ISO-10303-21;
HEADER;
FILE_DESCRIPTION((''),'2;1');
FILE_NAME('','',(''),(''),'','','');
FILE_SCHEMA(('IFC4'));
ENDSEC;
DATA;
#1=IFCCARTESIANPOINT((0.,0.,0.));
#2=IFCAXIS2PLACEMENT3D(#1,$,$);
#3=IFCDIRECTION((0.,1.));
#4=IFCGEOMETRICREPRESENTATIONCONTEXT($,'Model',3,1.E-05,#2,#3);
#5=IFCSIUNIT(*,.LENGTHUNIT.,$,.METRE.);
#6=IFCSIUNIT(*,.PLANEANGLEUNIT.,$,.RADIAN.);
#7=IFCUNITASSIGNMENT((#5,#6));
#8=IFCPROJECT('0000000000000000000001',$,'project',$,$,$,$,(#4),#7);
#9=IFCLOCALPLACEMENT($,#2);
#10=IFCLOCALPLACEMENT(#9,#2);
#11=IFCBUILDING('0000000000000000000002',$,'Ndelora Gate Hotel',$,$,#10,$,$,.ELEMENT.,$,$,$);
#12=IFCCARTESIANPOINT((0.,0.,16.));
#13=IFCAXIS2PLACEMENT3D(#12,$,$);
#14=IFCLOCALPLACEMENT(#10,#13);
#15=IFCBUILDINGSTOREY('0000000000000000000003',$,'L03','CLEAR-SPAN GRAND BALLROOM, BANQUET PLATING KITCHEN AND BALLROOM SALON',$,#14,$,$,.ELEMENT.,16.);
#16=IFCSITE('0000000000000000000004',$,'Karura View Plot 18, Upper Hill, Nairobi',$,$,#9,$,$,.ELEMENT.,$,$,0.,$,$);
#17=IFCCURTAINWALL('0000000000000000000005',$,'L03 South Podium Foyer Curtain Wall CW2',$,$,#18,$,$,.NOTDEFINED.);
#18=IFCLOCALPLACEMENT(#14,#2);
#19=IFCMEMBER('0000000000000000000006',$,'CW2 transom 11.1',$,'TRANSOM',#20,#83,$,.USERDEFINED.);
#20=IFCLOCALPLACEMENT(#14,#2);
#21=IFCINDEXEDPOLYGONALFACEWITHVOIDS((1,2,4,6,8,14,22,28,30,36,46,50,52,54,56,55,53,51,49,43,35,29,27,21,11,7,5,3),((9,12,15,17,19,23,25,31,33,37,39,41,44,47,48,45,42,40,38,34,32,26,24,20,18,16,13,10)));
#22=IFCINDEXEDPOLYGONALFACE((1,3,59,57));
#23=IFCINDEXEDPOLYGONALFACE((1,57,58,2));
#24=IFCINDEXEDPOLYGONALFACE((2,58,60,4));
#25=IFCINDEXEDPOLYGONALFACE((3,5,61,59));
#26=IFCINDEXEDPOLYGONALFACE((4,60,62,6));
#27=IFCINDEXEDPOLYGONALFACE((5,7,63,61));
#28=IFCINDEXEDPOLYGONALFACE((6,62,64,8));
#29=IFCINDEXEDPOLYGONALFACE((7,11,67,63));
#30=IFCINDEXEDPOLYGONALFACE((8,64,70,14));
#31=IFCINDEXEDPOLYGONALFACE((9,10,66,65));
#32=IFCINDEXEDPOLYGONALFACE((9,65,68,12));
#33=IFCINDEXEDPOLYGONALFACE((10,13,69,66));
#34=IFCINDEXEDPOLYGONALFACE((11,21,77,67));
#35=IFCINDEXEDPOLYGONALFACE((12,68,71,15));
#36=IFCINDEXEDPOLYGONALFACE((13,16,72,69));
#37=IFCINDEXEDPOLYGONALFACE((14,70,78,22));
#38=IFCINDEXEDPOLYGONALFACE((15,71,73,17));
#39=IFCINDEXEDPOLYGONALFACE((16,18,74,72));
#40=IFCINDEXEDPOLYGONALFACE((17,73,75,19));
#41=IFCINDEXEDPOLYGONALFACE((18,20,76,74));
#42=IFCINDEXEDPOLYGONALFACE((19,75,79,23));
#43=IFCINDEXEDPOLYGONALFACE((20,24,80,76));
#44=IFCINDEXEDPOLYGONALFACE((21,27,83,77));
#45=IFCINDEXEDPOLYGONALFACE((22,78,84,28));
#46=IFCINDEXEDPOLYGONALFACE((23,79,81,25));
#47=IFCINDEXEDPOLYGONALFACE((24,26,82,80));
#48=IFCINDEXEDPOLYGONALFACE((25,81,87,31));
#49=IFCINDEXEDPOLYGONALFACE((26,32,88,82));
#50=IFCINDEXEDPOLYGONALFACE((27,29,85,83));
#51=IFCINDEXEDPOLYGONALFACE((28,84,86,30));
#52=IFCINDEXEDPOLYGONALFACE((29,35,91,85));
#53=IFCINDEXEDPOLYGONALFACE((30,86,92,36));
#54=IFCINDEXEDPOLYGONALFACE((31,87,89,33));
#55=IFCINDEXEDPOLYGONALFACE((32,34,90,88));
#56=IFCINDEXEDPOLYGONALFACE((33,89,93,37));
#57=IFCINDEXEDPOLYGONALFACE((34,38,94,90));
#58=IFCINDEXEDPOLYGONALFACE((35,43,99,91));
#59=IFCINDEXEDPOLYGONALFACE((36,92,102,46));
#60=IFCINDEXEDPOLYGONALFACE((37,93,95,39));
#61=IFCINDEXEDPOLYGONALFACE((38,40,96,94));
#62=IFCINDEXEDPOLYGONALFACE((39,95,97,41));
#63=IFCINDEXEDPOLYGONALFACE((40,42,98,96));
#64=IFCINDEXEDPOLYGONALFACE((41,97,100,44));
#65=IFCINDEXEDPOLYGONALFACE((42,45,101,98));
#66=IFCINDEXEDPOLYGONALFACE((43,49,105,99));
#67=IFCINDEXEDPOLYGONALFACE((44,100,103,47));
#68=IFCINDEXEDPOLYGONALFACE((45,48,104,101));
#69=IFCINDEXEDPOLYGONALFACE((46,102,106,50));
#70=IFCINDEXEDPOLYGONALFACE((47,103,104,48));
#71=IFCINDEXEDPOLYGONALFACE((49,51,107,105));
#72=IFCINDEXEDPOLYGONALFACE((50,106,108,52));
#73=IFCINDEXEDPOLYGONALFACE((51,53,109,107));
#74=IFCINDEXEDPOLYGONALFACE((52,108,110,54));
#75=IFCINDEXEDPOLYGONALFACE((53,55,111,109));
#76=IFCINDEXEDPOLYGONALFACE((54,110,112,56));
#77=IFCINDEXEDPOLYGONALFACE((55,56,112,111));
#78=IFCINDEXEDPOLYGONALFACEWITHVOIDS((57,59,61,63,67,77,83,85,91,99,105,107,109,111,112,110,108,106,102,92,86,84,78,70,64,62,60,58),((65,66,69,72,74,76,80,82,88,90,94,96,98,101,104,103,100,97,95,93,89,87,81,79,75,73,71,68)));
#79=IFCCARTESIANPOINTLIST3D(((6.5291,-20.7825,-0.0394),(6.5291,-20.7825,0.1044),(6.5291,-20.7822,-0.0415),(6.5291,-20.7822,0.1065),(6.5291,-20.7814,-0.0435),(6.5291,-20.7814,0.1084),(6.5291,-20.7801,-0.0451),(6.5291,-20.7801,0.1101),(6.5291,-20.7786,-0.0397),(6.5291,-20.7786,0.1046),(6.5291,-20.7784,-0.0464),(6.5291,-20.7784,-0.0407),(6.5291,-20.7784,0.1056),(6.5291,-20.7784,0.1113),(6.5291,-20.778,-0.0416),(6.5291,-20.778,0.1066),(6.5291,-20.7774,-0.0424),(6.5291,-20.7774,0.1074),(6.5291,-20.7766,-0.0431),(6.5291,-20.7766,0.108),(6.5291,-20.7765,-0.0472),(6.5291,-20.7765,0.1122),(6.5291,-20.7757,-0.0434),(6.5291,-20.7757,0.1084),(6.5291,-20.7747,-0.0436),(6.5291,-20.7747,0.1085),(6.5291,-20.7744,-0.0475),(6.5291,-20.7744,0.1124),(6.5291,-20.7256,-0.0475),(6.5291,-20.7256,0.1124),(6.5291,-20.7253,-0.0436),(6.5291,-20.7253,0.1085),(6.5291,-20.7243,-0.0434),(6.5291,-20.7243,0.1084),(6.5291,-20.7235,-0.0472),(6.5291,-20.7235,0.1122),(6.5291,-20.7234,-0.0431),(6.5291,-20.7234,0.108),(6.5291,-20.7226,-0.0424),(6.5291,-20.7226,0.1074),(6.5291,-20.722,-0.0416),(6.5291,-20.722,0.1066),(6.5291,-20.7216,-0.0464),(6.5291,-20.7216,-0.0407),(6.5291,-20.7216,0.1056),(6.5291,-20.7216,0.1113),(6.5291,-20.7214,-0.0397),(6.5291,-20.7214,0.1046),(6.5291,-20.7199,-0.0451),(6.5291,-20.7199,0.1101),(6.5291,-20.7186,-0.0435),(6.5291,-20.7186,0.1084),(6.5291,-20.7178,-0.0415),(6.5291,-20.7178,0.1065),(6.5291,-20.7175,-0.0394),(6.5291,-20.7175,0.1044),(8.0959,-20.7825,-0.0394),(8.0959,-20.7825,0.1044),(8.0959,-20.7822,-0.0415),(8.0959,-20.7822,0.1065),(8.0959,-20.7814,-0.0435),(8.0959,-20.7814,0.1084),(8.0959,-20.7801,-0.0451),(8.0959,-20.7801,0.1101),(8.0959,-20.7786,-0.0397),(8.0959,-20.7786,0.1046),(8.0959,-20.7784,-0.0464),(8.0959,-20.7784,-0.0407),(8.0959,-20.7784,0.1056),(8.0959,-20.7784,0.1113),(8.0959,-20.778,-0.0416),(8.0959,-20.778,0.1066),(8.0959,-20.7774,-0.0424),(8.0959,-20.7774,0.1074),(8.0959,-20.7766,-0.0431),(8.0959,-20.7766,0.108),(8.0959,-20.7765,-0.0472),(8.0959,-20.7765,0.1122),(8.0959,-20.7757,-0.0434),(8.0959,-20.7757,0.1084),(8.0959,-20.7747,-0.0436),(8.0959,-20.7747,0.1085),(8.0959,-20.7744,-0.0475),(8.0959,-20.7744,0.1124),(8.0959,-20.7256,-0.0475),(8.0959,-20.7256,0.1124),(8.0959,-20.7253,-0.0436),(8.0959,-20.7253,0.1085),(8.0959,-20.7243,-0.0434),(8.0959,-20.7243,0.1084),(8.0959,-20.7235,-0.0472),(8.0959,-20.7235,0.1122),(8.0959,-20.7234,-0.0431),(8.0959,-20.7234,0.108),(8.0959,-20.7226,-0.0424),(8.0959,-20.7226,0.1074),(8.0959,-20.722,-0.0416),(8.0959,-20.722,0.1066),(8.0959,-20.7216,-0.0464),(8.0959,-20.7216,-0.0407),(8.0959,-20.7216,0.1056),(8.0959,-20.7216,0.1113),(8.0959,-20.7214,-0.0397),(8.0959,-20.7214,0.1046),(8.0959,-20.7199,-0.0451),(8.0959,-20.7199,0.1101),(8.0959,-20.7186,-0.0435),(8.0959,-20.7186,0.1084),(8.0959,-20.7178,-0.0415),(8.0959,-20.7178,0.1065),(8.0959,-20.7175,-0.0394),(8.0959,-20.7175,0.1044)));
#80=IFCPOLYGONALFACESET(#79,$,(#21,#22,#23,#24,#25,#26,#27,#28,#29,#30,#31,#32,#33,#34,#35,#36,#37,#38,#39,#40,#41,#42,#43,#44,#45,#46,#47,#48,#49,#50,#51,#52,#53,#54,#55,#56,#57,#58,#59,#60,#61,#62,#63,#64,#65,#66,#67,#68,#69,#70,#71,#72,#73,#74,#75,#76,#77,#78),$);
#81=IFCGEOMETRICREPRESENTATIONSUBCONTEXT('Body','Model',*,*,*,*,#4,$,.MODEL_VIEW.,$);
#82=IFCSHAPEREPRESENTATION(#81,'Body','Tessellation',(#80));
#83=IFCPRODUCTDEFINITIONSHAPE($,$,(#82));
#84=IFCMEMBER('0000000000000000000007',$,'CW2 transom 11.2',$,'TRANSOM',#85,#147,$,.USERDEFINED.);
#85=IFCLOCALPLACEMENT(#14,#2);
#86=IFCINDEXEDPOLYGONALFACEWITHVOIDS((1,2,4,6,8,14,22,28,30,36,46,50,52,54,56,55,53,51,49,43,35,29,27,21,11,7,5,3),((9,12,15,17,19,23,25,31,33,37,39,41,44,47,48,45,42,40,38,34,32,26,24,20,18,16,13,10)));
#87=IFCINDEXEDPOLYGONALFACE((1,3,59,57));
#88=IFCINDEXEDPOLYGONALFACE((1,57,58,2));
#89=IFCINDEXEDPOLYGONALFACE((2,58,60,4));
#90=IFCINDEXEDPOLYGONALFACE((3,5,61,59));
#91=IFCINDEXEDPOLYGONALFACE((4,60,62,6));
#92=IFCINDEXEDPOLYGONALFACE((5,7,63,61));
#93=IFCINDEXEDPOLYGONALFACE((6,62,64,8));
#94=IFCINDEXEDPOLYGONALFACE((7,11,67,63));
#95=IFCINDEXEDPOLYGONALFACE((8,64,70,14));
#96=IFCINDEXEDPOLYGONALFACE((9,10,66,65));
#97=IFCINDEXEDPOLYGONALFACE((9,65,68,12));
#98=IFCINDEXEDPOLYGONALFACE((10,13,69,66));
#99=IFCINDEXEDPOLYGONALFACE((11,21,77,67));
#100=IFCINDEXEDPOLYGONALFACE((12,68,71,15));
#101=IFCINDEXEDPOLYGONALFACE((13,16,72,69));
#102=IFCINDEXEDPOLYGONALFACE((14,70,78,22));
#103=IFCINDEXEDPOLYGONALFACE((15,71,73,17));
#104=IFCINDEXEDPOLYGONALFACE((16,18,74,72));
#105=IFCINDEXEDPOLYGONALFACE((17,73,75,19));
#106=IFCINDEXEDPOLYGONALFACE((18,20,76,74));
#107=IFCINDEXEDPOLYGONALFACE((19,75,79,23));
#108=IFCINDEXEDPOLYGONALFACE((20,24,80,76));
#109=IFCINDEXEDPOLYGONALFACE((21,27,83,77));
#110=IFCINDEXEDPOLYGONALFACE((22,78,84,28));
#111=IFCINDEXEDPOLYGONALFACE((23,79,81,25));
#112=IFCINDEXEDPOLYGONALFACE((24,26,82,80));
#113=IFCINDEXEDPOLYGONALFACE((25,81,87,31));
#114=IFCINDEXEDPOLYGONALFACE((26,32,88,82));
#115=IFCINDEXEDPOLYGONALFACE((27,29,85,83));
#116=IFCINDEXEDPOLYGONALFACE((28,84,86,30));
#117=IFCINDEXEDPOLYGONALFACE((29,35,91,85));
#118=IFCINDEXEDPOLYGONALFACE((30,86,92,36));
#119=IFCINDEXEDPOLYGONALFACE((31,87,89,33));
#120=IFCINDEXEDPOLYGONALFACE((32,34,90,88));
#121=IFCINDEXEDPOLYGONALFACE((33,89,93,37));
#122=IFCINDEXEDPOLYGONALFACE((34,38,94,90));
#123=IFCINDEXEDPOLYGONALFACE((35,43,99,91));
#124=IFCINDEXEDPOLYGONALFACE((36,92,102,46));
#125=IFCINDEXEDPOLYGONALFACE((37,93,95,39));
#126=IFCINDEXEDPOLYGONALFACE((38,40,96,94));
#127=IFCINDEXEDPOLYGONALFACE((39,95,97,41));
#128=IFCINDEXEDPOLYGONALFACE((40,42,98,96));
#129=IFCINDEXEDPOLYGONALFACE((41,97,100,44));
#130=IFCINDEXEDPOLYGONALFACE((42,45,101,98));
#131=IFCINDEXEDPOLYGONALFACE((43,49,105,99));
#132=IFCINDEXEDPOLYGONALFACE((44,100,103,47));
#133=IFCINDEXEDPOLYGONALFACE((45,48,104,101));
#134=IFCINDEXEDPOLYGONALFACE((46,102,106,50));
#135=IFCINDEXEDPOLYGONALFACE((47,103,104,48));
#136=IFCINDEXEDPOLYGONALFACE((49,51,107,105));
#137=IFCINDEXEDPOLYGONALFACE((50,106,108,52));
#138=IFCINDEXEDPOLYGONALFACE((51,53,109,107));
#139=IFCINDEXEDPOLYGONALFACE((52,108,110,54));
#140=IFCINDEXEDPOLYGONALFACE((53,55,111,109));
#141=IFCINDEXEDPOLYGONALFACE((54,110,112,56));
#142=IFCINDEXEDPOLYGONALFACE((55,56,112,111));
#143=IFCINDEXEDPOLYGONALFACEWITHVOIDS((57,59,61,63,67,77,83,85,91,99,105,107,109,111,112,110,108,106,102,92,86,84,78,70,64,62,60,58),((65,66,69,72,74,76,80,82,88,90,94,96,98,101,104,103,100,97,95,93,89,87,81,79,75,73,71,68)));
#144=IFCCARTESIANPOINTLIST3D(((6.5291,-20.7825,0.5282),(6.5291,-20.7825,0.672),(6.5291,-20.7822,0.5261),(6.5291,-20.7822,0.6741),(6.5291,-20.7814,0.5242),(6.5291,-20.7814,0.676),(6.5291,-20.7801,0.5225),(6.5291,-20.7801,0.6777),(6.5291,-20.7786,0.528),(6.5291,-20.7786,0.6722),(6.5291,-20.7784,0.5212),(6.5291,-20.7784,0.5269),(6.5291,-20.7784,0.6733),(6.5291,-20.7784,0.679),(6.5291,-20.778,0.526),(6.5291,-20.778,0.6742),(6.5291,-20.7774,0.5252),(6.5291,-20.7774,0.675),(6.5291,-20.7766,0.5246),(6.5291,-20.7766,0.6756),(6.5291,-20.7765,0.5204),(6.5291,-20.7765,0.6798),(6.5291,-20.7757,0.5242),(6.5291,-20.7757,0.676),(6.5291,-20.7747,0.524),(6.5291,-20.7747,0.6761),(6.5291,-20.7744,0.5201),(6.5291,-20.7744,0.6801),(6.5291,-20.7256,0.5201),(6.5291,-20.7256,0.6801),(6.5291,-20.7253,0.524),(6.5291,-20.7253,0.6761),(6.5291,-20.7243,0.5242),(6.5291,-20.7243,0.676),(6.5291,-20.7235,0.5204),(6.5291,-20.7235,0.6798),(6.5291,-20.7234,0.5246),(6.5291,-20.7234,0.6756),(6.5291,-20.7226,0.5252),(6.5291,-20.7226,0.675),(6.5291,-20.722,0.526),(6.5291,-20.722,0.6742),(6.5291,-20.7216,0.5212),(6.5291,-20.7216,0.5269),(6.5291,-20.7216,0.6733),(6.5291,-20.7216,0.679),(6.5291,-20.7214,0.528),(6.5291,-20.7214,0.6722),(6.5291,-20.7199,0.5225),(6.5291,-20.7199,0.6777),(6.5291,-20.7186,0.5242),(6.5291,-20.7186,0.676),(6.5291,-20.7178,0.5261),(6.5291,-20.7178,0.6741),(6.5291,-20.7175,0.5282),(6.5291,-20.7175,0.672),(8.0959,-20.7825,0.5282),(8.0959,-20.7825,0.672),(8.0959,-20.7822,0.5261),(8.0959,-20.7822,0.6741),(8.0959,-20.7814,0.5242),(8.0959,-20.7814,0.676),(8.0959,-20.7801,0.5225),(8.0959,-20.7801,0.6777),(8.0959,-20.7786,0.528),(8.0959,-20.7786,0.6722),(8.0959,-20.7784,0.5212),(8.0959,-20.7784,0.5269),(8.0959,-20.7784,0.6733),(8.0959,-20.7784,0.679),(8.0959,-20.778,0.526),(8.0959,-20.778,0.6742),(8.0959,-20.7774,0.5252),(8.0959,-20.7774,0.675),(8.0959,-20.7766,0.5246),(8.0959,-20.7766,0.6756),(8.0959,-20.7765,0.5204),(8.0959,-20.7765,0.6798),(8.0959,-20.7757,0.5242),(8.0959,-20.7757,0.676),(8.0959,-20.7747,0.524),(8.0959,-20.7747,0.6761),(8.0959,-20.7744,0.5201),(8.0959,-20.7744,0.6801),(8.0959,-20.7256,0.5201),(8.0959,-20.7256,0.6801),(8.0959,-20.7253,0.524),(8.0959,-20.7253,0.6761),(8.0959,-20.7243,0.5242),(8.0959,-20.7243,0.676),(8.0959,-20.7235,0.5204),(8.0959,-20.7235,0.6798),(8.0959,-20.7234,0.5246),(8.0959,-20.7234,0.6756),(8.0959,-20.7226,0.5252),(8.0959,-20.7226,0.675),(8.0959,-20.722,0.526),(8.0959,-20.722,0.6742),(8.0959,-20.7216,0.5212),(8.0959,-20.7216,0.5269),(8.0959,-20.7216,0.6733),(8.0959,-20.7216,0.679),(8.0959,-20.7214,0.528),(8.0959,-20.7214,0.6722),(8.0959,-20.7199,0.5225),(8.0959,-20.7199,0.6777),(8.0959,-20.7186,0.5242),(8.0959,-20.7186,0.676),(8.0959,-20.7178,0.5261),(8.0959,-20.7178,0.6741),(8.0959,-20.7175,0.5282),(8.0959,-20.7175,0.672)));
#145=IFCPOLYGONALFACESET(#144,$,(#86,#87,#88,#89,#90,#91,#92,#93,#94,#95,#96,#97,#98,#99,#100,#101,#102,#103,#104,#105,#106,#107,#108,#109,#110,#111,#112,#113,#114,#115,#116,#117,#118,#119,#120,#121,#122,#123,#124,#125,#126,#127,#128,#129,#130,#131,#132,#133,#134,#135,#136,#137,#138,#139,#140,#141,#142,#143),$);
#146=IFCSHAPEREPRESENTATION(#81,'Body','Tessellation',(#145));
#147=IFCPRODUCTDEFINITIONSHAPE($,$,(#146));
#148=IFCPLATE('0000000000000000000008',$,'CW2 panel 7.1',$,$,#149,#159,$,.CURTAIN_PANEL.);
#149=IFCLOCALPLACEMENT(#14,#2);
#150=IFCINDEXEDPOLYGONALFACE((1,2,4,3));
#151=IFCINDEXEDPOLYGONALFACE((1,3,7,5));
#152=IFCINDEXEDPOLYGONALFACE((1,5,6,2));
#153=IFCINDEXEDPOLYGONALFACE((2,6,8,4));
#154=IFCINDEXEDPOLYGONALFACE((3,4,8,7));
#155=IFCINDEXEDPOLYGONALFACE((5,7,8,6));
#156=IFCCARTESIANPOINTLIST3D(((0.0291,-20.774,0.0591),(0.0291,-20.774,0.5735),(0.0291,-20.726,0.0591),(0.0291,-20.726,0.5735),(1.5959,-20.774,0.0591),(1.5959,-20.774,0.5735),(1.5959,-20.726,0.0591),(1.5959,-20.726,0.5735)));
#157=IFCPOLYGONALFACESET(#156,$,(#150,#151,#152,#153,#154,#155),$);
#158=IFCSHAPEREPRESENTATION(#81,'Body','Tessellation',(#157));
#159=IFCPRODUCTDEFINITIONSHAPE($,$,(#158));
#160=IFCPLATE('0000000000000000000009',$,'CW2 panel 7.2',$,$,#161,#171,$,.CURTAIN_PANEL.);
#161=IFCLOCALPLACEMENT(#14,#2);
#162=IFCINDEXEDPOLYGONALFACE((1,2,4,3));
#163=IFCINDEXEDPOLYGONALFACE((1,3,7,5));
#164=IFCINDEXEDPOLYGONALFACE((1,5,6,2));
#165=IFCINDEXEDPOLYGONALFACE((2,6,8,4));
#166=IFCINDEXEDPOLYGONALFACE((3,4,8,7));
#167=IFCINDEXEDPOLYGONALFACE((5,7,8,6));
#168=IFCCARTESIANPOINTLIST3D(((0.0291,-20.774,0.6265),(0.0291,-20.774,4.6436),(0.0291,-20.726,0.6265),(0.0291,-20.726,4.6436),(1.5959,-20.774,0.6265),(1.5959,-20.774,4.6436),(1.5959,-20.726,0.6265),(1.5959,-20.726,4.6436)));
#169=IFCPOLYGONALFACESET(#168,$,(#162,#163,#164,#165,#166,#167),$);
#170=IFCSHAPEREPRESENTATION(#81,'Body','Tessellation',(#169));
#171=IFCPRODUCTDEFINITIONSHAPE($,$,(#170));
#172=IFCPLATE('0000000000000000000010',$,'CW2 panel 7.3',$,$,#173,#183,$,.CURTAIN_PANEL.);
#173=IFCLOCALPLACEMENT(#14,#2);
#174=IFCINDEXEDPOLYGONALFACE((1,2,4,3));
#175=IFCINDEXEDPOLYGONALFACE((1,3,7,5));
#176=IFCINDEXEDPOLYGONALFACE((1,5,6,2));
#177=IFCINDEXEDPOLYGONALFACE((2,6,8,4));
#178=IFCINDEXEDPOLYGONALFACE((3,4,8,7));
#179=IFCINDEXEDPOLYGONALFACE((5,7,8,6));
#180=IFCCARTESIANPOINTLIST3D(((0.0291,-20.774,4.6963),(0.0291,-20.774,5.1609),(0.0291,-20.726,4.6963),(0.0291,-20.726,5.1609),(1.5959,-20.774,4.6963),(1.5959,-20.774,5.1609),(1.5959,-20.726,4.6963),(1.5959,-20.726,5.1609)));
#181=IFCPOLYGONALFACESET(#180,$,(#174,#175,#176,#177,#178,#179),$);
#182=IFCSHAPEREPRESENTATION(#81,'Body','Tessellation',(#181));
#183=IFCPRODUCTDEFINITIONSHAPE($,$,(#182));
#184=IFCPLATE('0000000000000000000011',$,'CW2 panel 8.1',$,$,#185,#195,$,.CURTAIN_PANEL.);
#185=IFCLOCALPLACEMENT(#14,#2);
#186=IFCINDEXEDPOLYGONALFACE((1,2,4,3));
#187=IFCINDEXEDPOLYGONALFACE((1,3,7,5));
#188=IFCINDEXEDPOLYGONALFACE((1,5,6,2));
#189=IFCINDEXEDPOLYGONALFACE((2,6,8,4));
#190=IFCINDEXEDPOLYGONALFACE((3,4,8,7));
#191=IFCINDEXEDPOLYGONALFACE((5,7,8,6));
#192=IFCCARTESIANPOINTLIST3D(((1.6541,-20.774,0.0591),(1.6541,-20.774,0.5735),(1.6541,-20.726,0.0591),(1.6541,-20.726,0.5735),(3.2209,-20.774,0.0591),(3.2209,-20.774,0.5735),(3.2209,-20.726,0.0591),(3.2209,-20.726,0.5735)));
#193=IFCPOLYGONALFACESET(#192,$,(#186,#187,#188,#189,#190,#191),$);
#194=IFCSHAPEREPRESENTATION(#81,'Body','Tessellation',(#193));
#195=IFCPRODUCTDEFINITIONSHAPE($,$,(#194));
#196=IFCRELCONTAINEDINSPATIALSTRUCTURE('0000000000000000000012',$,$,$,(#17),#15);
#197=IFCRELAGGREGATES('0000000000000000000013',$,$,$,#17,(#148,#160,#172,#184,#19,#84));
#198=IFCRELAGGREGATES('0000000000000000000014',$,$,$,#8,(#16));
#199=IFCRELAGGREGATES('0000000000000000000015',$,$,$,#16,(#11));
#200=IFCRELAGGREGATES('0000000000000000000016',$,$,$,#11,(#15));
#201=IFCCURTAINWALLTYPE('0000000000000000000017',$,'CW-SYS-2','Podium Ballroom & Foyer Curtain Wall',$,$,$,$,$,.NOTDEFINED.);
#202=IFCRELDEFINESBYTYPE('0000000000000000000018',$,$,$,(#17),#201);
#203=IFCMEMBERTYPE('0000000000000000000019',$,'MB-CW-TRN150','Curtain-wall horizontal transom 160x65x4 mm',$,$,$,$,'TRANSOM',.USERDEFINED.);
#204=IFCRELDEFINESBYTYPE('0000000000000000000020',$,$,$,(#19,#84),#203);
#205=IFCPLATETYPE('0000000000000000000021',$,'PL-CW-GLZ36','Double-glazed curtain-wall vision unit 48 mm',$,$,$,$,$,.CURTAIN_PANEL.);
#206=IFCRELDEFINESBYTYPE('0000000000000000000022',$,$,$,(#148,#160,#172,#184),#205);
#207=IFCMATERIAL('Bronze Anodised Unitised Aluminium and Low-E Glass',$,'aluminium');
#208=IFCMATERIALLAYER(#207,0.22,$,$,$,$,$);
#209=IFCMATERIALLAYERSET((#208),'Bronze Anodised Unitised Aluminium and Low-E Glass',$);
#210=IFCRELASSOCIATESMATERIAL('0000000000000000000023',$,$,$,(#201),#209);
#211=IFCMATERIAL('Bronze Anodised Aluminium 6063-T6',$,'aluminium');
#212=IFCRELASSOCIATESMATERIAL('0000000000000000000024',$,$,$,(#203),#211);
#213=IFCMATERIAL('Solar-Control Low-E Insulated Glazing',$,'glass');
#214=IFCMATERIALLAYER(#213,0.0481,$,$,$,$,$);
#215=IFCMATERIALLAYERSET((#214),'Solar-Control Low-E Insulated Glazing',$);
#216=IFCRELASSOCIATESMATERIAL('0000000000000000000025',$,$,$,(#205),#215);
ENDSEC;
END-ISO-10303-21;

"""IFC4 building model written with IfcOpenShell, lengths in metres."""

from ifc_helpers import new_model, si_unit, direction, frame, origin, origin_2d, place, context, subcontext, project, spatial, rectangle, hollow_rectangle, extrude, material, layer, layer_set, material_profile, profile_set, type_object, element, aggregate, save


model = new_model("IFC4")

# Units and contexts
model_context = context("Model", 3, precision=1e-05, world=origin(), true_north=direction((0.0, 1.0)))
body_context = subcontext(model_context, "Body", "Model", "MODEL_VIEW")
ifc_project = project(units=[si_unit("LENGTHUNIT", "METRE"), si_unit("PLANEANGLEUNIT", "RADIAN")], contexts=[model_context])

# Site, building, storey
site_placement = place(None, origin())
site = spatial("IfcSite", under=ifc_project, at=site_placement, Name="Karura View Plot 18, Upper Hill, Nairobi", CompositionType="ELEMENT", RefElevation=0.0)
building_placement = place(site_placement, origin())
building = spatial("IfcBuilding", under=site, at=building_placement, Name="Ndelora Gate Hotel", CompositionType="ELEMENT")
storey_placement = place(building_placement, frame((0.0, 0.0, 16.0)))
storey = spatial("IfcBuildingStorey", under=building, at=storey_placement, Name="L03", Description="CLEAR-SPAN GRAND BALLROOM, BANQUET PLATING KITCHEN AND BALLROOM SALON", CompositionType="ELEMENT", Elevation=16.0)

# Curtain wall, members, plates
ifc_material_1 = material(Name="Bronze Anodised Unitised Aluminium and Low-E Glass", Category="aluminium")
ifc_layer_1 = layer(ifc_material_1, 0.22)
ifc_layer_set_1 = layer_set([ifc_layer_1], Name="Bronze Anodised Unitised Aluminium and Low-E Glass")
curtain_wall_type = type_object("IfcCurtainWallType", Name="CW-SYS-2", Description="Podium Ballroom & Foyer Curtain Wall", PredefinedType="NOTDEFINED", material=ifc_layer_set_1)
curtain_wall_placement = place(storey_placement, origin())
curtain_wall = element("IfcCurtainWall", 1, at=curtain_wall_placement, inside=storey, type_object=curtain_wall_type, Name="L03 South Podium Foyer Curtain Wall CW2", PredefinedType="NOTDEFINED")
ifc_material_2 = material(Name="Bronze Anodised Aluminium 6063-T6", Category="aluminium")
ifc_material_profile_1 = material_profile(ifc_material_2, hollow_rectangle(XDim=0.0649, YDim=0.1599, WallThickness=0.0039, InnerFilletRadius=0.0039, OuterFilletRadius=0.0081, at=origin_2d()), Name="ALU 160x65x4")
ifc_profile_set_1 = profile_set([ifc_material_profile_1], Name="Bronze Anodised Aluminium 6063-T6")
member_type_1 = type_object("IfcMemberType", Name="MB-CW-TRN150", Description="Curtain-wall horizontal transom 160x65x4 mm", ElementType="TRANSOM", PredefinedType="USERDEFINED", material=ifc_profile_set_1)
member_1_placement = place(storey_placement, frame((6.5291, -20.75, 0.0325), z_axis=(1.0, 0.0, 0.0), x_axis=(0.0, 1.0, 0.0)))
member_1 = element("IfcMember", 2, at=member_1_placement, type_object=member_type_1, Name="CW2 transom 11.1", ObjectType="TRANSOM", PredefinedType="USERDEFINED", context=body_context, shape_type="SweptSolid", body=[
    extrude(hollow_rectangle(XDim=0.0649, YDim=0.1599, WallThickness=0.0039, InnerFilletRadius=0.0039, OuterFilletRadius=0.0081, at=origin_2d()), origin(), (0.0, 0.0, 1.0), 1.5669),
])
member_2_placement = place(storey_placement, frame((6.5291, -20.75, 0.6001), z_axis=(1.0, 0.0, 0.0), x_axis=(0.0, 1.0, 0.0)))
member_2 = element("IfcMember", 3, at=member_2_placement, type_object=member_type_1, Name="CW2 transom 11.2", ObjectType="TRANSOM", PredefinedType="USERDEFINED", context=body_context, shape_type="SweptSolid", body=[
    extrude(hollow_rectangle(XDim=0.0649, YDim=0.1599, WallThickness=0.0039, InnerFilletRadius=0.0039, OuterFilletRadius=0.0081, at=origin_2d()), origin(), (0.0, 0.0, 1.0), 1.5669),
])
ifc_material_3 = material(Name="Solar-Control Low-E Insulated Glazing", Category="glass")
ifc_layer_2 = layer(ifc_material_3, 0.0481)
ifc_layer_set_2 = layer_set([ifc_layer_2], Name="Solar-Control Low-E Insulated Glazing")
plate_type = type_object("IfcPlateType", Name="PL-CW-GLZ36", Description="Double-glazed curtain-wall vision unit 48 mm", PredefinedType="CURTAIN_PANEL", material=ifc_layer_set_2)
plate_1_placement = place(storey_placement, frame((0.8125, -20.75, 0.0591), z_axis=(0.0, 0.0, 1.0), x_axis=(1.0, 0.0, 0.0)))
plate_1 = element("IfcPlate", 4, at=plate_1_placement, type_object=plate_type, Name="CW2 panel 7.1", PredefinedType="CURTAIN_PANEL", context=body_context, shape_type="SweptSolid", body=[
    extrude(rectangle(XDim=1.5669, YDim=0.0481, at=origin_2d()), origin(), (0.0, 0.0, 1.0), 0.5144),
])
plate_2_placement = place(storey_placement, frame((0.8125, -20.75, 0.6265), z_axis=(0.0, 0.0, 1.0), x_axis=(1.0, 0.0, 0.0)))
plate_2 = element("IfcPlate", 5, at=plate_2_placement, type_object=plate_type, Name="CW2 panel 7.2", PredefinedType="CURTAIN_PANEL", context=body_context, shape_type="SweptSolid", body=[
    extrude(rectangle(XDim=1.5669, YDim=0.0481, at=origin_2d()), origin(), (0.0, 0.0, 1.0), 4.0171),
])
plate_3_placement = place(storey_placement, frame((0.8125, -20.75, 4.6963), z_axis=(0.0, 0.0, 1.0), x_axis=(1.0, 0.0, 0.0)))
plate_3 = element("IfcPlate", 6, at=plate_3_placement, type_object=plate_type, Name="CW2 panel 7.3", PredefinedType="CURTAIN_PANEL", context=body_context, shape_type="SweptSolid", body=[
    extrude(rectangle(XDim=1.5669, YDim=0.0481, at=origin_2d()), origin(), (0.0, 0.0, 1.0), 0.4646),
])
plate_4_placement = place(storey_placement, frame((2.4375, -20.75, 0.0591), z_axis=(0.0, 0.0, 1.0), x_axis=(1.0, 0.0, 0.0)))
plate_4 = element("IfcPlate", 7, at=plate_4_placement, type_object=plate_type, Name="CW2 panel 8.1", PredefinedType="CURTAIN_PANEL", context=body_context, shape_type="SweptSolid", body=[
    extrude(rectangle(XDim=1.5669, YDim=0.0481, at=origin_2d()), origin(), (0.0, 0.0, 1.0), 0.5144),
])
aggregate(curtain_wall, [plate_1, plate_2, plate_3, plate_4, member_1, member_2])

save(model, "model.ifc")
